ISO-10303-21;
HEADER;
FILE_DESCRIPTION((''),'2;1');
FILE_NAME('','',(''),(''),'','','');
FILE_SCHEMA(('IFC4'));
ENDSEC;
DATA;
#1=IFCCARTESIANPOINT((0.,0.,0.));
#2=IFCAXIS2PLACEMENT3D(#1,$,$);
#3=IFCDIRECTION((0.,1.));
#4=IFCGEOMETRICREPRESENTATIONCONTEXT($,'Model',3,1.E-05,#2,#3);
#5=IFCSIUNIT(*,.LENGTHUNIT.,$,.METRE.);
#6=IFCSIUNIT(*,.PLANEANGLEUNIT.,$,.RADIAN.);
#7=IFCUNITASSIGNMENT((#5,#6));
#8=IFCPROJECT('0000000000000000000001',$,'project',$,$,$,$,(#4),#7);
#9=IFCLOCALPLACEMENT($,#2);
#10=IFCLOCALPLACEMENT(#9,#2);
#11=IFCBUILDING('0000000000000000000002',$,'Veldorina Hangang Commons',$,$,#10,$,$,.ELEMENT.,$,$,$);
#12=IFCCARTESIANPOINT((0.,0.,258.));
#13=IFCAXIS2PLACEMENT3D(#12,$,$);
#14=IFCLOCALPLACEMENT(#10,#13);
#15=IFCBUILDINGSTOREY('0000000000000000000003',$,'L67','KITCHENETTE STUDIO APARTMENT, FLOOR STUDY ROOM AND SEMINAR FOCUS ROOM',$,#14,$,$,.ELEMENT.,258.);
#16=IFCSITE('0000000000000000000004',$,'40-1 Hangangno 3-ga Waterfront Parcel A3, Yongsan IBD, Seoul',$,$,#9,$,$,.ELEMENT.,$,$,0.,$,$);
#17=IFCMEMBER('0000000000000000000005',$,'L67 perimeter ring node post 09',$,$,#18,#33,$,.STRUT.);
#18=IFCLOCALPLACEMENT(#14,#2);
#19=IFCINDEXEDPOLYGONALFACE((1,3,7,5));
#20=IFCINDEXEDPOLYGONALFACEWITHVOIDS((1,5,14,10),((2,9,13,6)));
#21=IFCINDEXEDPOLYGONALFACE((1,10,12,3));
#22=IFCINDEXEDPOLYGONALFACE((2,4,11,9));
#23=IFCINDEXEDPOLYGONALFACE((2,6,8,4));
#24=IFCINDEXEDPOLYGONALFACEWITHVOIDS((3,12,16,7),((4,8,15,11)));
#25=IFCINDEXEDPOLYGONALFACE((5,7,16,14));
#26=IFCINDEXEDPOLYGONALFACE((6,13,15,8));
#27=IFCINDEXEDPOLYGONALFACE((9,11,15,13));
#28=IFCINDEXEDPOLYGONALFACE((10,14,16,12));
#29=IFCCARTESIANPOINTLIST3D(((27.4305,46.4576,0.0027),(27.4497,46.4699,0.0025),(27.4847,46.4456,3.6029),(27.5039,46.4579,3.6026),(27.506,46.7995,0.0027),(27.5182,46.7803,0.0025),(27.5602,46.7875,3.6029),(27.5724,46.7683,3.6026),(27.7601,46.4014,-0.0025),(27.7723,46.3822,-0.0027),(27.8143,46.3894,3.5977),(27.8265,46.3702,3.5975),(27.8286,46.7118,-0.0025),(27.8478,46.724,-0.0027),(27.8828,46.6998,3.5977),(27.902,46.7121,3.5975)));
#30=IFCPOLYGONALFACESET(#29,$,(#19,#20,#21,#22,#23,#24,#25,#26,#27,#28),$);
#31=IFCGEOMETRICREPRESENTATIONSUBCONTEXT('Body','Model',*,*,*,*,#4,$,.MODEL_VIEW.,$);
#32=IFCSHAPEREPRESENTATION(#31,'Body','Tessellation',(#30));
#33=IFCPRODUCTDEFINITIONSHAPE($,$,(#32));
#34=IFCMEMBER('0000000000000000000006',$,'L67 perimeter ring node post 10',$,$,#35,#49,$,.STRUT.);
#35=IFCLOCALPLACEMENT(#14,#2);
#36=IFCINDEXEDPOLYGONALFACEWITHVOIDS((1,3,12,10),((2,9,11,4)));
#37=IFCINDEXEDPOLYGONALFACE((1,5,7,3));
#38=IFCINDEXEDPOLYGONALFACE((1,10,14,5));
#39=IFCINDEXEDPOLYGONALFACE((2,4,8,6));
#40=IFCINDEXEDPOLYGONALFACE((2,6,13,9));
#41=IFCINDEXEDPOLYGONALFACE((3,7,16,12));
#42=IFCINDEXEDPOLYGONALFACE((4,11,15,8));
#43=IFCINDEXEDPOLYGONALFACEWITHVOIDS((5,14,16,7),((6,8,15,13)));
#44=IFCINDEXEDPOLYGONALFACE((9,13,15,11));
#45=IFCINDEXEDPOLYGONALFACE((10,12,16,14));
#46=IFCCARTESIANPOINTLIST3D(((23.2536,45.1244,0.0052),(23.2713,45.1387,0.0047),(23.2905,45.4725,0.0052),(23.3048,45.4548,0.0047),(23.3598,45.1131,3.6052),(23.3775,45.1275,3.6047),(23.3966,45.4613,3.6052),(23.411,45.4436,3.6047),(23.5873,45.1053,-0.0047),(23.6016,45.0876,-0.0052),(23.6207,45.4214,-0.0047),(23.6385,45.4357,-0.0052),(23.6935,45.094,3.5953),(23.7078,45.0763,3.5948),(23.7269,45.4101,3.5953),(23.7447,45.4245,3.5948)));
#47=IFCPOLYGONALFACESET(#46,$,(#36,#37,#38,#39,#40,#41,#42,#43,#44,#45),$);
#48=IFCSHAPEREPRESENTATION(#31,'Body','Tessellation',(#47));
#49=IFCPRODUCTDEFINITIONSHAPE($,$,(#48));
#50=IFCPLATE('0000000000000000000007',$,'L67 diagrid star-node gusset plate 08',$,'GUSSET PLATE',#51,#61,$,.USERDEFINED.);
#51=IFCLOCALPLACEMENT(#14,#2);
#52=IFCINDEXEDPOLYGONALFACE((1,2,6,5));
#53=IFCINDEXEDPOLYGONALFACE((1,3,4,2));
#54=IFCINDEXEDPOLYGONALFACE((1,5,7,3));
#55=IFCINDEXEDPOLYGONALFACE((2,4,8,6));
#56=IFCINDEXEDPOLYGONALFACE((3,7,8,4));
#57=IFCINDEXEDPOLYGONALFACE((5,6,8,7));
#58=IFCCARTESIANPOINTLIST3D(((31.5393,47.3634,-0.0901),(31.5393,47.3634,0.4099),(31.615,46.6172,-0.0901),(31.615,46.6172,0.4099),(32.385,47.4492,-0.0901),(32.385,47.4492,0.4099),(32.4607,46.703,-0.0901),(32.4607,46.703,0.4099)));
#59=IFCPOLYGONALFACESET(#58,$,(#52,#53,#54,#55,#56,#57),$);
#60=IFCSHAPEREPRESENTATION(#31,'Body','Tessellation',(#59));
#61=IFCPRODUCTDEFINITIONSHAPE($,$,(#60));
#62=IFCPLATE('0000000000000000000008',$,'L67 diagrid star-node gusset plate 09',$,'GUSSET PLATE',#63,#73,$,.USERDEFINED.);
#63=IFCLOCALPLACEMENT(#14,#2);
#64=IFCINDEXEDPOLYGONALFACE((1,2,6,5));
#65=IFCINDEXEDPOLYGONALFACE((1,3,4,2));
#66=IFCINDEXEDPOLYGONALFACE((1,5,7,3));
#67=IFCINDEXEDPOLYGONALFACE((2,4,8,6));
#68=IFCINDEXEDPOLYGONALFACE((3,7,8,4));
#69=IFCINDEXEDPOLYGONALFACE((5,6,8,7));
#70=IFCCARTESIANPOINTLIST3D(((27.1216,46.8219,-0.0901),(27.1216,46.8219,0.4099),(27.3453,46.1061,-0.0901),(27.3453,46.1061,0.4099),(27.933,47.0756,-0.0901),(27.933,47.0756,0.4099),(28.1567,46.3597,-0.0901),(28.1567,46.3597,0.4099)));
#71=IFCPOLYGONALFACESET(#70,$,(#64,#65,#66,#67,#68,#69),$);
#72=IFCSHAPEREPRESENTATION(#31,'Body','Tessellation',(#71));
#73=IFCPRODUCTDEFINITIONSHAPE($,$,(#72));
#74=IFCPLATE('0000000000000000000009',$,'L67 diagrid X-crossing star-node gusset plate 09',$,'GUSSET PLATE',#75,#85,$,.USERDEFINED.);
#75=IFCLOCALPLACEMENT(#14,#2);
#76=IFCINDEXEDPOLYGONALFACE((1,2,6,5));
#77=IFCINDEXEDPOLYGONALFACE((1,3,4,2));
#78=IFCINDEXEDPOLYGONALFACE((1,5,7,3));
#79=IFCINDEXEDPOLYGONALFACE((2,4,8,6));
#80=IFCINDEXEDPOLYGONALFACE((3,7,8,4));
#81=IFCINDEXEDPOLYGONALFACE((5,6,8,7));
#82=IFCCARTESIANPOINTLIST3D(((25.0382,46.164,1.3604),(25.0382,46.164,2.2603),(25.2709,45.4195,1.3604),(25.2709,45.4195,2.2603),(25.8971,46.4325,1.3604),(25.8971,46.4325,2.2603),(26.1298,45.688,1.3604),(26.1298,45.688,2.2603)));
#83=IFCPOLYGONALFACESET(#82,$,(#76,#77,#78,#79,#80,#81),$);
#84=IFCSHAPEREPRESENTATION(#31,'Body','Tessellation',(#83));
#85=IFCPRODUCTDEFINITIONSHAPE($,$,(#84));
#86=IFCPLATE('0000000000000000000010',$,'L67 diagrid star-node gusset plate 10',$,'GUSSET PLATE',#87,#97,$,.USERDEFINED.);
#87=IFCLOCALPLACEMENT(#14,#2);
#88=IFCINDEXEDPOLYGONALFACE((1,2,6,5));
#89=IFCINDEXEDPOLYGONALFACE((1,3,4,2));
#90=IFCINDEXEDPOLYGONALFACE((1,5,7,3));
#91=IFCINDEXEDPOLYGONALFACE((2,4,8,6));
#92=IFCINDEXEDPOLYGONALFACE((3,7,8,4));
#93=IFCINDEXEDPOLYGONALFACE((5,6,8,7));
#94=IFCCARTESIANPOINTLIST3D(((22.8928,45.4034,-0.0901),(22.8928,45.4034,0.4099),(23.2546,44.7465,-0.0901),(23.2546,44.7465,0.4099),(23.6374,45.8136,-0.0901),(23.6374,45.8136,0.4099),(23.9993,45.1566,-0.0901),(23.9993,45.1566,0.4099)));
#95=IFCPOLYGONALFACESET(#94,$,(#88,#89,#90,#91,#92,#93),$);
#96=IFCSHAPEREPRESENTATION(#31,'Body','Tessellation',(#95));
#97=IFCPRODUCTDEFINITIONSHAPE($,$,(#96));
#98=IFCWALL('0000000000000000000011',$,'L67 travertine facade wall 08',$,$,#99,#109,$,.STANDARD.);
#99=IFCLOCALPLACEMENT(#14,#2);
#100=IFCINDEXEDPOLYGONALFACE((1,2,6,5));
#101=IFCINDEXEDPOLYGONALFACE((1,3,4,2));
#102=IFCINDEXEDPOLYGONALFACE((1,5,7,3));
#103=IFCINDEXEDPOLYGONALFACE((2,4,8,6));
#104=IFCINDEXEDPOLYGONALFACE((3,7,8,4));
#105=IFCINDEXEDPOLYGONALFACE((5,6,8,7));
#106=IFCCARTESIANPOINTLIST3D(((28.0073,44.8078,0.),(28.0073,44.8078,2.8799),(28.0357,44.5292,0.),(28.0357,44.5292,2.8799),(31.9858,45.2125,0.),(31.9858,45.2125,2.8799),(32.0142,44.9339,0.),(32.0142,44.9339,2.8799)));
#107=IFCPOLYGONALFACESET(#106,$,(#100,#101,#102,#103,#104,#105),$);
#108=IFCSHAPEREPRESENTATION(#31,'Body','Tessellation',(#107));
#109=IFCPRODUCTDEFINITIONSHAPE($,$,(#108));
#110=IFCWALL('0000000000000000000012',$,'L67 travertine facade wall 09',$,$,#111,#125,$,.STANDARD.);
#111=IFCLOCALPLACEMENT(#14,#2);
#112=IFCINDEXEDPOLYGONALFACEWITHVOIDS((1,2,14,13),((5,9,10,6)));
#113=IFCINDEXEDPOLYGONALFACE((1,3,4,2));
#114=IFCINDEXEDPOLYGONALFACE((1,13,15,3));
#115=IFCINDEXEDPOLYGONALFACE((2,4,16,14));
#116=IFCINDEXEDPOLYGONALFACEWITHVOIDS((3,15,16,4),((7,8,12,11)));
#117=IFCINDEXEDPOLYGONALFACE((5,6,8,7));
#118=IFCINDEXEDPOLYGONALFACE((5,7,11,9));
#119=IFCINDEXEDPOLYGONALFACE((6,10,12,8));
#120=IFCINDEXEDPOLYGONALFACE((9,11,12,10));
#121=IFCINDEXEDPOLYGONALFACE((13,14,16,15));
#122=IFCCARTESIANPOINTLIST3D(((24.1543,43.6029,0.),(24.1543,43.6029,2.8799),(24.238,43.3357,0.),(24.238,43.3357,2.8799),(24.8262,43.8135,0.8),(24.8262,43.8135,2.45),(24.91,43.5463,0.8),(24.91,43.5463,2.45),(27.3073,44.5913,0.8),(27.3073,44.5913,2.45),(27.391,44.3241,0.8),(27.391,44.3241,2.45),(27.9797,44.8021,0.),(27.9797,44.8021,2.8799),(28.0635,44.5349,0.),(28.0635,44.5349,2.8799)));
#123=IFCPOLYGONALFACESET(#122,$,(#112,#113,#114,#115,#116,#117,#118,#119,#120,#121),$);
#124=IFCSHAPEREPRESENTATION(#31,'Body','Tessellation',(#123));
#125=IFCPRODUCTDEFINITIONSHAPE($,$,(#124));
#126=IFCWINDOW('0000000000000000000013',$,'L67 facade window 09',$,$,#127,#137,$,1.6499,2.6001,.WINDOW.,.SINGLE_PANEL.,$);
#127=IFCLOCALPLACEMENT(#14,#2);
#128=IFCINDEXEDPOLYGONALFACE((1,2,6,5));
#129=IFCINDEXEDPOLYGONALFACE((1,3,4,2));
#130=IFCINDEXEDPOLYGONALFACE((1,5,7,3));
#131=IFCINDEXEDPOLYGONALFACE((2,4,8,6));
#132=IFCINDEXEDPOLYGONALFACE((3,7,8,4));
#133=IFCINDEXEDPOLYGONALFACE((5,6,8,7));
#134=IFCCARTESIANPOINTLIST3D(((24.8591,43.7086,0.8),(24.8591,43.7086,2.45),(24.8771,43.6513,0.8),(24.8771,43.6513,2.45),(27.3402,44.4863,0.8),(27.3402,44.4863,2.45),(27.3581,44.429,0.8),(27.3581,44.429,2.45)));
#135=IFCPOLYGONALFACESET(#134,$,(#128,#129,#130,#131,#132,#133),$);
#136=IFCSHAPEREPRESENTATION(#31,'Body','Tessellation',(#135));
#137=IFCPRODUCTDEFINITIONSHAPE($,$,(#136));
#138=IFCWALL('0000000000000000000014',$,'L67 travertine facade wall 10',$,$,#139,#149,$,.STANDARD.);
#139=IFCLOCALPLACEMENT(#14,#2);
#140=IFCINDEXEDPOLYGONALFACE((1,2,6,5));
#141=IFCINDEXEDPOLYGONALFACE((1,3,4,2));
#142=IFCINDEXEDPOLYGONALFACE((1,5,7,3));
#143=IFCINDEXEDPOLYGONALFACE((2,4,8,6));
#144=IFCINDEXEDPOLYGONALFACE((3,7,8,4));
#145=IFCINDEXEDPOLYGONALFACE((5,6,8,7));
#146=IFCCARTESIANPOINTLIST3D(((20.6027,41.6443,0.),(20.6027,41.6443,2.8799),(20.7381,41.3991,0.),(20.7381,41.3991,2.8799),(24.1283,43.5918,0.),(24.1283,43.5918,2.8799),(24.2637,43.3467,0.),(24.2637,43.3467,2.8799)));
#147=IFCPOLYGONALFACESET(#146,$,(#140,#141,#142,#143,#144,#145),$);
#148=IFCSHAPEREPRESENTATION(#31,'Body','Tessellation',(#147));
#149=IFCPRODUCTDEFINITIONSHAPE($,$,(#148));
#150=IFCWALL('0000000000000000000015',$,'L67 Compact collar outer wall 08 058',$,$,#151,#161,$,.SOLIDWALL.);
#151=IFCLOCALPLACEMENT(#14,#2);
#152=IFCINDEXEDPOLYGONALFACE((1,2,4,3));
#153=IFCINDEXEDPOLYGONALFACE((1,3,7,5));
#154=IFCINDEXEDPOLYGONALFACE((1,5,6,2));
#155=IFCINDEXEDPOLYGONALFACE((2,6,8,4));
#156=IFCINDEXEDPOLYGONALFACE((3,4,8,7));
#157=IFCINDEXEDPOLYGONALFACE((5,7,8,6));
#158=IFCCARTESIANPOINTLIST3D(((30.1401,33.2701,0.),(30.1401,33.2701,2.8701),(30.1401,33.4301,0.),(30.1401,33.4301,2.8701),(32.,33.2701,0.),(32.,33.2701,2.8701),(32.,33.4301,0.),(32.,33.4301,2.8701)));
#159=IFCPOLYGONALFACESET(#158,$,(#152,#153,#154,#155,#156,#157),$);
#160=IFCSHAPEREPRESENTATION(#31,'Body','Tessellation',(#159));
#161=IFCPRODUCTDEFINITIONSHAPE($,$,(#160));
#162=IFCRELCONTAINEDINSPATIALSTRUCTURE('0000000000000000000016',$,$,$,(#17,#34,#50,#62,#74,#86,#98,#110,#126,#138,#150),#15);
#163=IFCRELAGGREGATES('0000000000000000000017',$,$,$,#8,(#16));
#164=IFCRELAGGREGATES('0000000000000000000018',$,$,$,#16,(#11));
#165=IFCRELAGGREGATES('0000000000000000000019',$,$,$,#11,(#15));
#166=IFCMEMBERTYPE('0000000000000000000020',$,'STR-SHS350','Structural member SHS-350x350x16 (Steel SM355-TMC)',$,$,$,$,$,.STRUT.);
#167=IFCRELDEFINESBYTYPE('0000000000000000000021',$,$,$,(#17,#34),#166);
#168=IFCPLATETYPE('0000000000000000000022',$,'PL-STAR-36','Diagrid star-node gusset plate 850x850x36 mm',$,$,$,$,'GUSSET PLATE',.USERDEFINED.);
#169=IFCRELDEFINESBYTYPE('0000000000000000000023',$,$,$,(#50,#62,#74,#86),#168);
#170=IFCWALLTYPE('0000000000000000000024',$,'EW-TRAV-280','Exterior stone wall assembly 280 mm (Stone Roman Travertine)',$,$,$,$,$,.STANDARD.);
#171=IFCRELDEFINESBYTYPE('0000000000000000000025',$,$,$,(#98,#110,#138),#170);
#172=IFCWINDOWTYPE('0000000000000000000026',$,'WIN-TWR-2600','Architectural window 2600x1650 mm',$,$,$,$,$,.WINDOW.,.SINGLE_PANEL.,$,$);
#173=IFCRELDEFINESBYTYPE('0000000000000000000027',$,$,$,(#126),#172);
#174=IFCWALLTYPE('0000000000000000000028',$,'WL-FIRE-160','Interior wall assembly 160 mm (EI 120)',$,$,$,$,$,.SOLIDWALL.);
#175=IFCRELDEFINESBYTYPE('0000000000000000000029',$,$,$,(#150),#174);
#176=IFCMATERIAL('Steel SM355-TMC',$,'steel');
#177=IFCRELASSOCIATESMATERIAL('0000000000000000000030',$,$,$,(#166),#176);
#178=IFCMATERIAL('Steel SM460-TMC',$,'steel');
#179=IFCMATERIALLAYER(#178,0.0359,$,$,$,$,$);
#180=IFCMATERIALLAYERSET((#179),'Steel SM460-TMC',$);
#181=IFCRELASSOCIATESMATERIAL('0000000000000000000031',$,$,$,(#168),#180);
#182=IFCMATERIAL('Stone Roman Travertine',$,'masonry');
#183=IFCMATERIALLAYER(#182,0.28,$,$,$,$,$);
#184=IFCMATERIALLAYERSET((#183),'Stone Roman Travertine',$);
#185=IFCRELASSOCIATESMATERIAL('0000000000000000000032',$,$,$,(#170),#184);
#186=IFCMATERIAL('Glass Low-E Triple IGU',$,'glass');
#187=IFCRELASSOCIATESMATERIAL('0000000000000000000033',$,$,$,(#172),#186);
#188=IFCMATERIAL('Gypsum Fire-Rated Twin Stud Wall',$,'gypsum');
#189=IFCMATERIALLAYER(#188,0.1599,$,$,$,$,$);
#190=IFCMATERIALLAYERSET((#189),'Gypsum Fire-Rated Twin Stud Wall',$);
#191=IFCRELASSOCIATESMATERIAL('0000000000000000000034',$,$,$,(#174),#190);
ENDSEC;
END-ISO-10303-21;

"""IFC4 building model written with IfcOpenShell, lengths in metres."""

from ifc_helpers import new_model, si_unit, direction, frame, frame_2d, origin, origin_2d, place, context, subcontext, project, spatial, rectangle, hollow_rectangle, extrude, material, layer, layer_set, material_profile, profile_set, type_object, element, fill, save


model = new_model("IFC4")

# Units and contexts
model_context = context("Model", 3, precision=1e-05, world=origin(), true_north=direction((0.0, 1.0)))
body_context = subcontext(model_context, "Body", "Model", "MODEL_VIEW")
ifc_project = project(units=[si_unit("LENGTHUNIT", "METRE"), si_unit("PLANEANGLEUNIT", "RADIAN")], contexts=[model_context])

# Site, building, storey
site_placement = place(None, origin())
site = spatial("IfcSite", under=ifc_project, at=site_placement, Name="40-1 Hangangno 3-ga Waterfront Parcel A3, Yongsan IBD, Seoul", CompositionType="ELEMENT", RefElevation=0.0)
building_placement = place(site_placement, origin())
building = spatial("IfcBuilding", under=site, at=building_placement, Name="Veldorina Hangang Commons", CompositionType="ELEMENT")
storey_placement = place(building_placement, frame((0.0, 0.0, 258.0)))
storey = spatial("IfcBuildingStorey", under=building, at=storey_placement, Name="L67", Description="KITCHENETTE STUDIO APARTMENT, FLOOR STUDY ROOM AND SEMINAR FOCUS ROOM", CompositionType="ELEMENT", Elevation=258.0)

# Shared definitions
ifc_material_1 = material(Name="Steel SM355-TMC", Category="steel")

# Members
ifc_material_profile_1 = material_profile(ifc_material_1, hollow_rectangle(XDim=0.3501, YDim=0.3501, WallThickness=0.0161, at=origin_2d()), Name="SHS-350x350x16")
ifc_profile_set_1 = profile_set([ifc_material_profile_1], Name="Steel SM355-TMC")
member_type_1 = type_object("IfcMemberType", Name="STR-SHS350", Description="Structural member SHS-350x350x16 (Steel SM355-TMC)", PredefinedType="STRUT", material=ifc_profile_set_1)
member_1_placement = place(storey_placement, frame((27.6392, 46.5908, 0.0), z_axis=(0.015053, -0.003323, 0.999881), x_axis=(0.215533, 0.976497, 0.0)))
element("IfcMember", 1, at=member_1_placement, inside=storey, type_object=member_type_1, Name="L67 perimeter ring node post 09", PredefinedType="STRUT", context=body_context, shape_type="SweptSolid", body=[
    extrude(hollow_rectangle(XDim=0.3501, YDim=0.3501, WallThickness=0.0161, at=origin_2d()), origin(), (0.0, 0.0, 1.0), 3.6006),
])
member_2_placement = place(storey_placement, frame((23.446, 45.28, 0.0), z_axis=(0.029487, -0.003118, 0.99956), x_axis=(0.105161, 0.994455, 0.0)))
element("IfcMember", 2, at=member_2_placement, inside=storey, type_object=member_type_1, Name="L67 perimeter ring node post 10", PredefinedType="STRUT", context=body_context, shape_type="SweptSolid", body=[
    extrude(hollow_rectangle(XDim=0.3501, YDim=0.3501, WallThickness=0.0161, at=origin_2d()), origin(), (0.0, 0.0, 1.0), 3.6016),
])

# Plates
ifc_material_2 = material(Name="Steel SM460-TMC", Category="steel")
ifc_layer_1 = layer(ifc_material_2, 0.0359)
ifc_layer_set_1 = layer_set([ifc_layer_1], Name="Steel SM460-TMC")
plate_type = type_object("IfcPlateType", Name="PL-STAR-36", Description="Diagrid star-node gusset plate 850x850x36 mm", ElementType="GUSSET PLATE", PredefinedType="USERDEFINED", material=ifc_layer_set_1)
for number, where, z_axis, x_axis, name in (
    (3, (32.0, 47.0332, -0.0901), (0.0, 0.0, 1.0), (-0.99489, -0.100969, 0.0), "L67 diagrid star-node gusset plate 08"),
    (4, (27.6392, 46.5908, -0.0901), (0.0, 0.0, 1.0), (-0.954459, -0.298341, 0.0), "L67 diagrid star-node gusset plate 09"),
):
    element("IfcPlate", number, at=place(storey_placement, frame(where, z_axis=z_axis, x_axis=x_axis)), inside=storey, type_object=plate_type, Name=name, ObjectType="GUSSET PLATE", PredefinedType="USERDEFINED", context=body_context, shape_type="SweptSolid", body=[
        extrude(rectangle(XDim=0.8501, YDim=0.75, at=origin_2d()), origin(), (0.0, 0.0, 1.0), 0.5),
    ])
plate_1_placement = place(storey_placement, frame((25.584, 45.926, 1.3604), z_axis=(0.0, 0.0, 1.0), x_axis=(-0.954459, -0.298341, 0.0)))
element("IfcPlate", 5, at=plate_1_placement, inside=storey, type_object=plate_type, Name="L67 diagrid X-crossing star-node gusset plate 09", ObjectType="GUSSET PLATE", PredefinedType="USERDEFINED", context=body_context, shape_type="SweptSolid", body=[
    extrude(rectangle(XDim=0.8999, YDim=0.78, at=origin_2d()), origin(), (0.0, 0.0, 1.0), 0.8999),
])
plate_2_placement = place(storey_placement, frame((23.446, 45.28, -0.0901), z_axis=(0.0, 0.0, 1.0), x_axis=(-0.875928, -0.482442, 0.0)))
element("IfcPlate", 6, at=plate_2_placement, inside=storey, type_object=plate_type, Name="L67 diagrid star-node gusset plate 10", ObjectType="GUSSET PLATE", PredefinedType="USERDEFINED", context=body_context, shape_type="SweptSolid", body=[
    extrude(rectangle(XDim=0.8501, YDim=0.75, at=origin_2d()), origin(), (0.0, 0.0, 1.0), 0.5),
])

# Wall
ifc_material_3 = material(Name="Stone Roman Travertine", Category="masonry")
ifc_layer_2 = layer(ifc_material_3, 0.28)
ifc_layer_set_2 = layer_set([ifc_layer_2], Name="Stone Roman Travertine")
wall_type_1 = type_object("IfcWallType", Name="EW-TRAV-280", Description="Exterior stone wall assembly 280 mm (Stone Roman Travertine)", PredefinedType="STANDARD", material=ifc_layer_set_2)
wall_1_placement = place(storey_placement, frame((32.0, 45.0732, 0.0), z_axis=(0.0, 0.0, 1.0), x_axis=(-0.994864, -0.10122, 0.0)))
element("IfcWall", 7, at=wall_1_placement, inside=storey, type_object=wall_type_1, Name="L67 travertine facade wall 08", PredefinedType="STANDARD", context=body_context, shape_type="SweptSolid", body=[
    extrude(rectangle(XDim=3.999, YDim=0.28, at=frame_2d((1.9995, 0.0))), origin(), (0.0, 0.0, 1.0), 2.8799),
])

# Wall, opening, window
wall_2_placement = place(storey_placement, frame((28.0215, 44.6685, 0.0), z_axis=(0.0, 0.0, 1.0), x_axis=(-0.954212, -0.299131, 0.0)))
wall_2 = element("IfcWall", 8, at=wall_2_placement, inside=storey, type_object=wall_type_1, Name="L67 travertine facade wall 09", PredefinedType="STANDARD", context=body_context, shape_type="SweptSolid", body=[
    extrude(rectangle(XDim=4.009, YDim=0.28, at=frame_2d((2.0044, 0.0))), origin(), (0.0, 0.0, 1.0), 2.8799),
])
opening_1_placement = place(wall_2_placement, frame((0.7046, 0.0, 0.8)))
opening_1 = element("IfcOpeningElement", 9, at=opening_1_placement, cuts=wall_2, PredefinedType="OPENING", context=body_context, shape_type="SweptSolid", body=[
    extrude(rectangle(XDim=2.6001, YDim=1.6499, at=frame_2d((1.3, 0.825))), frame((0.0, 0.1499, 0.0), z_axis=(0.0, -1.0, 0.0), x_axis=(1.0, 0.0, 0.0)), (0.0, 0.0, 1.0), 0.3),
])
ifc_material_4 = material(Name="Glass Low-E Triple IGU", Category="glass")
window_type = type_object("IfcWindowType", Name="WIN-TWR-2600", Description="Architectural window 2600x1650 mm", PartitioningType="SINGLE_PANEL", PredefinedType="WINDOW", material=ifc_material_4)
window_placement = place(opening_1_placement, origin())
window = element("IfcWindow", 10, at=window_placement, inside=storey, type_object=window_type, Name="L67 facade window 09", OverallHeight=1.6499, OverallWidth=2.6001, PartitioningType="SINGLE_PANEL", PredefinedType="WINDOW", context=body_context, shape_type="SweptSolid", body=[
    extrude(rectangle(XDim=2.6001, YDim=1.6499, at=frame_2d((1.3, 0.825))), frame((0.0, 0.03, 0.0), z_axis=(0.0, -1.0, 0.0), x_axis=(1.0, 0.0, 0.0)), (0.0, 0.0, 1.0), 0.0601),
])
fill(opening_1, window)

# Walls
wall_3_placement = place(storey_placement, frame((24.196, 43.4692, 0.0), z_axis=(0.0, 0.0, 1.0), x_axis=(-0.875333, -0.483521, 0.0)))
element("IfcWall", 11, at=wall_3_placement, inside=storey, type_object=wall_type_1, Name="L67 travertine facade wall 10", PredefinedType="STANDARD", context=body_context, shape_type="SweptSolid", body=[
    extrude(rectangle(XDim=4.0278, YDim=0.28, at=frame_2d((2.0139, 0.0))), origin(), (0.0, 0.0, 1.0), 2.8799),
])
ifc_material_5 = material(Name="Gypsum Fire-Rated Twin Stud Wall", Category="gypsum")
ifc_layer_3 = layer(ifc_material_5, 0.1599)
ifc_layer_set_3 = layer_set([ifc_layer_3], Name="Gypsum Fire-Rated Twin Stud Wall")
wall_type_2 = type_object("IfcWallType", Name="WL-FIRE-160", Description="Interior wall assembly 160 mm (EI 120)", PredefinedType="SOLIDWALL", material=ifc_layer_set_3)
wall_4_placement = place(storey_placement, frame((32.0, 33.3501, 0.0), z_axis=(0.0, 0.0, 1.0), x_axis=(-1.0, 0.0, 0.0)))
element("IfcWall", 12, at=wall_4_placement, inside=storey, type_object=wall_type_2, Name="L67 Compact collar outer wall 08 058", PredefinedType="SOLIDWALL", context=body_context, shape_type="SweptSolid", body=[
    extrude(rectangle(XDim=1.8599, YDim=0.1599, at=frame_2d((0.9299, 0.0))), origin(), (0.0, 0.0, 1.0), 2.8701),
])

save(model, "model.ifc")
